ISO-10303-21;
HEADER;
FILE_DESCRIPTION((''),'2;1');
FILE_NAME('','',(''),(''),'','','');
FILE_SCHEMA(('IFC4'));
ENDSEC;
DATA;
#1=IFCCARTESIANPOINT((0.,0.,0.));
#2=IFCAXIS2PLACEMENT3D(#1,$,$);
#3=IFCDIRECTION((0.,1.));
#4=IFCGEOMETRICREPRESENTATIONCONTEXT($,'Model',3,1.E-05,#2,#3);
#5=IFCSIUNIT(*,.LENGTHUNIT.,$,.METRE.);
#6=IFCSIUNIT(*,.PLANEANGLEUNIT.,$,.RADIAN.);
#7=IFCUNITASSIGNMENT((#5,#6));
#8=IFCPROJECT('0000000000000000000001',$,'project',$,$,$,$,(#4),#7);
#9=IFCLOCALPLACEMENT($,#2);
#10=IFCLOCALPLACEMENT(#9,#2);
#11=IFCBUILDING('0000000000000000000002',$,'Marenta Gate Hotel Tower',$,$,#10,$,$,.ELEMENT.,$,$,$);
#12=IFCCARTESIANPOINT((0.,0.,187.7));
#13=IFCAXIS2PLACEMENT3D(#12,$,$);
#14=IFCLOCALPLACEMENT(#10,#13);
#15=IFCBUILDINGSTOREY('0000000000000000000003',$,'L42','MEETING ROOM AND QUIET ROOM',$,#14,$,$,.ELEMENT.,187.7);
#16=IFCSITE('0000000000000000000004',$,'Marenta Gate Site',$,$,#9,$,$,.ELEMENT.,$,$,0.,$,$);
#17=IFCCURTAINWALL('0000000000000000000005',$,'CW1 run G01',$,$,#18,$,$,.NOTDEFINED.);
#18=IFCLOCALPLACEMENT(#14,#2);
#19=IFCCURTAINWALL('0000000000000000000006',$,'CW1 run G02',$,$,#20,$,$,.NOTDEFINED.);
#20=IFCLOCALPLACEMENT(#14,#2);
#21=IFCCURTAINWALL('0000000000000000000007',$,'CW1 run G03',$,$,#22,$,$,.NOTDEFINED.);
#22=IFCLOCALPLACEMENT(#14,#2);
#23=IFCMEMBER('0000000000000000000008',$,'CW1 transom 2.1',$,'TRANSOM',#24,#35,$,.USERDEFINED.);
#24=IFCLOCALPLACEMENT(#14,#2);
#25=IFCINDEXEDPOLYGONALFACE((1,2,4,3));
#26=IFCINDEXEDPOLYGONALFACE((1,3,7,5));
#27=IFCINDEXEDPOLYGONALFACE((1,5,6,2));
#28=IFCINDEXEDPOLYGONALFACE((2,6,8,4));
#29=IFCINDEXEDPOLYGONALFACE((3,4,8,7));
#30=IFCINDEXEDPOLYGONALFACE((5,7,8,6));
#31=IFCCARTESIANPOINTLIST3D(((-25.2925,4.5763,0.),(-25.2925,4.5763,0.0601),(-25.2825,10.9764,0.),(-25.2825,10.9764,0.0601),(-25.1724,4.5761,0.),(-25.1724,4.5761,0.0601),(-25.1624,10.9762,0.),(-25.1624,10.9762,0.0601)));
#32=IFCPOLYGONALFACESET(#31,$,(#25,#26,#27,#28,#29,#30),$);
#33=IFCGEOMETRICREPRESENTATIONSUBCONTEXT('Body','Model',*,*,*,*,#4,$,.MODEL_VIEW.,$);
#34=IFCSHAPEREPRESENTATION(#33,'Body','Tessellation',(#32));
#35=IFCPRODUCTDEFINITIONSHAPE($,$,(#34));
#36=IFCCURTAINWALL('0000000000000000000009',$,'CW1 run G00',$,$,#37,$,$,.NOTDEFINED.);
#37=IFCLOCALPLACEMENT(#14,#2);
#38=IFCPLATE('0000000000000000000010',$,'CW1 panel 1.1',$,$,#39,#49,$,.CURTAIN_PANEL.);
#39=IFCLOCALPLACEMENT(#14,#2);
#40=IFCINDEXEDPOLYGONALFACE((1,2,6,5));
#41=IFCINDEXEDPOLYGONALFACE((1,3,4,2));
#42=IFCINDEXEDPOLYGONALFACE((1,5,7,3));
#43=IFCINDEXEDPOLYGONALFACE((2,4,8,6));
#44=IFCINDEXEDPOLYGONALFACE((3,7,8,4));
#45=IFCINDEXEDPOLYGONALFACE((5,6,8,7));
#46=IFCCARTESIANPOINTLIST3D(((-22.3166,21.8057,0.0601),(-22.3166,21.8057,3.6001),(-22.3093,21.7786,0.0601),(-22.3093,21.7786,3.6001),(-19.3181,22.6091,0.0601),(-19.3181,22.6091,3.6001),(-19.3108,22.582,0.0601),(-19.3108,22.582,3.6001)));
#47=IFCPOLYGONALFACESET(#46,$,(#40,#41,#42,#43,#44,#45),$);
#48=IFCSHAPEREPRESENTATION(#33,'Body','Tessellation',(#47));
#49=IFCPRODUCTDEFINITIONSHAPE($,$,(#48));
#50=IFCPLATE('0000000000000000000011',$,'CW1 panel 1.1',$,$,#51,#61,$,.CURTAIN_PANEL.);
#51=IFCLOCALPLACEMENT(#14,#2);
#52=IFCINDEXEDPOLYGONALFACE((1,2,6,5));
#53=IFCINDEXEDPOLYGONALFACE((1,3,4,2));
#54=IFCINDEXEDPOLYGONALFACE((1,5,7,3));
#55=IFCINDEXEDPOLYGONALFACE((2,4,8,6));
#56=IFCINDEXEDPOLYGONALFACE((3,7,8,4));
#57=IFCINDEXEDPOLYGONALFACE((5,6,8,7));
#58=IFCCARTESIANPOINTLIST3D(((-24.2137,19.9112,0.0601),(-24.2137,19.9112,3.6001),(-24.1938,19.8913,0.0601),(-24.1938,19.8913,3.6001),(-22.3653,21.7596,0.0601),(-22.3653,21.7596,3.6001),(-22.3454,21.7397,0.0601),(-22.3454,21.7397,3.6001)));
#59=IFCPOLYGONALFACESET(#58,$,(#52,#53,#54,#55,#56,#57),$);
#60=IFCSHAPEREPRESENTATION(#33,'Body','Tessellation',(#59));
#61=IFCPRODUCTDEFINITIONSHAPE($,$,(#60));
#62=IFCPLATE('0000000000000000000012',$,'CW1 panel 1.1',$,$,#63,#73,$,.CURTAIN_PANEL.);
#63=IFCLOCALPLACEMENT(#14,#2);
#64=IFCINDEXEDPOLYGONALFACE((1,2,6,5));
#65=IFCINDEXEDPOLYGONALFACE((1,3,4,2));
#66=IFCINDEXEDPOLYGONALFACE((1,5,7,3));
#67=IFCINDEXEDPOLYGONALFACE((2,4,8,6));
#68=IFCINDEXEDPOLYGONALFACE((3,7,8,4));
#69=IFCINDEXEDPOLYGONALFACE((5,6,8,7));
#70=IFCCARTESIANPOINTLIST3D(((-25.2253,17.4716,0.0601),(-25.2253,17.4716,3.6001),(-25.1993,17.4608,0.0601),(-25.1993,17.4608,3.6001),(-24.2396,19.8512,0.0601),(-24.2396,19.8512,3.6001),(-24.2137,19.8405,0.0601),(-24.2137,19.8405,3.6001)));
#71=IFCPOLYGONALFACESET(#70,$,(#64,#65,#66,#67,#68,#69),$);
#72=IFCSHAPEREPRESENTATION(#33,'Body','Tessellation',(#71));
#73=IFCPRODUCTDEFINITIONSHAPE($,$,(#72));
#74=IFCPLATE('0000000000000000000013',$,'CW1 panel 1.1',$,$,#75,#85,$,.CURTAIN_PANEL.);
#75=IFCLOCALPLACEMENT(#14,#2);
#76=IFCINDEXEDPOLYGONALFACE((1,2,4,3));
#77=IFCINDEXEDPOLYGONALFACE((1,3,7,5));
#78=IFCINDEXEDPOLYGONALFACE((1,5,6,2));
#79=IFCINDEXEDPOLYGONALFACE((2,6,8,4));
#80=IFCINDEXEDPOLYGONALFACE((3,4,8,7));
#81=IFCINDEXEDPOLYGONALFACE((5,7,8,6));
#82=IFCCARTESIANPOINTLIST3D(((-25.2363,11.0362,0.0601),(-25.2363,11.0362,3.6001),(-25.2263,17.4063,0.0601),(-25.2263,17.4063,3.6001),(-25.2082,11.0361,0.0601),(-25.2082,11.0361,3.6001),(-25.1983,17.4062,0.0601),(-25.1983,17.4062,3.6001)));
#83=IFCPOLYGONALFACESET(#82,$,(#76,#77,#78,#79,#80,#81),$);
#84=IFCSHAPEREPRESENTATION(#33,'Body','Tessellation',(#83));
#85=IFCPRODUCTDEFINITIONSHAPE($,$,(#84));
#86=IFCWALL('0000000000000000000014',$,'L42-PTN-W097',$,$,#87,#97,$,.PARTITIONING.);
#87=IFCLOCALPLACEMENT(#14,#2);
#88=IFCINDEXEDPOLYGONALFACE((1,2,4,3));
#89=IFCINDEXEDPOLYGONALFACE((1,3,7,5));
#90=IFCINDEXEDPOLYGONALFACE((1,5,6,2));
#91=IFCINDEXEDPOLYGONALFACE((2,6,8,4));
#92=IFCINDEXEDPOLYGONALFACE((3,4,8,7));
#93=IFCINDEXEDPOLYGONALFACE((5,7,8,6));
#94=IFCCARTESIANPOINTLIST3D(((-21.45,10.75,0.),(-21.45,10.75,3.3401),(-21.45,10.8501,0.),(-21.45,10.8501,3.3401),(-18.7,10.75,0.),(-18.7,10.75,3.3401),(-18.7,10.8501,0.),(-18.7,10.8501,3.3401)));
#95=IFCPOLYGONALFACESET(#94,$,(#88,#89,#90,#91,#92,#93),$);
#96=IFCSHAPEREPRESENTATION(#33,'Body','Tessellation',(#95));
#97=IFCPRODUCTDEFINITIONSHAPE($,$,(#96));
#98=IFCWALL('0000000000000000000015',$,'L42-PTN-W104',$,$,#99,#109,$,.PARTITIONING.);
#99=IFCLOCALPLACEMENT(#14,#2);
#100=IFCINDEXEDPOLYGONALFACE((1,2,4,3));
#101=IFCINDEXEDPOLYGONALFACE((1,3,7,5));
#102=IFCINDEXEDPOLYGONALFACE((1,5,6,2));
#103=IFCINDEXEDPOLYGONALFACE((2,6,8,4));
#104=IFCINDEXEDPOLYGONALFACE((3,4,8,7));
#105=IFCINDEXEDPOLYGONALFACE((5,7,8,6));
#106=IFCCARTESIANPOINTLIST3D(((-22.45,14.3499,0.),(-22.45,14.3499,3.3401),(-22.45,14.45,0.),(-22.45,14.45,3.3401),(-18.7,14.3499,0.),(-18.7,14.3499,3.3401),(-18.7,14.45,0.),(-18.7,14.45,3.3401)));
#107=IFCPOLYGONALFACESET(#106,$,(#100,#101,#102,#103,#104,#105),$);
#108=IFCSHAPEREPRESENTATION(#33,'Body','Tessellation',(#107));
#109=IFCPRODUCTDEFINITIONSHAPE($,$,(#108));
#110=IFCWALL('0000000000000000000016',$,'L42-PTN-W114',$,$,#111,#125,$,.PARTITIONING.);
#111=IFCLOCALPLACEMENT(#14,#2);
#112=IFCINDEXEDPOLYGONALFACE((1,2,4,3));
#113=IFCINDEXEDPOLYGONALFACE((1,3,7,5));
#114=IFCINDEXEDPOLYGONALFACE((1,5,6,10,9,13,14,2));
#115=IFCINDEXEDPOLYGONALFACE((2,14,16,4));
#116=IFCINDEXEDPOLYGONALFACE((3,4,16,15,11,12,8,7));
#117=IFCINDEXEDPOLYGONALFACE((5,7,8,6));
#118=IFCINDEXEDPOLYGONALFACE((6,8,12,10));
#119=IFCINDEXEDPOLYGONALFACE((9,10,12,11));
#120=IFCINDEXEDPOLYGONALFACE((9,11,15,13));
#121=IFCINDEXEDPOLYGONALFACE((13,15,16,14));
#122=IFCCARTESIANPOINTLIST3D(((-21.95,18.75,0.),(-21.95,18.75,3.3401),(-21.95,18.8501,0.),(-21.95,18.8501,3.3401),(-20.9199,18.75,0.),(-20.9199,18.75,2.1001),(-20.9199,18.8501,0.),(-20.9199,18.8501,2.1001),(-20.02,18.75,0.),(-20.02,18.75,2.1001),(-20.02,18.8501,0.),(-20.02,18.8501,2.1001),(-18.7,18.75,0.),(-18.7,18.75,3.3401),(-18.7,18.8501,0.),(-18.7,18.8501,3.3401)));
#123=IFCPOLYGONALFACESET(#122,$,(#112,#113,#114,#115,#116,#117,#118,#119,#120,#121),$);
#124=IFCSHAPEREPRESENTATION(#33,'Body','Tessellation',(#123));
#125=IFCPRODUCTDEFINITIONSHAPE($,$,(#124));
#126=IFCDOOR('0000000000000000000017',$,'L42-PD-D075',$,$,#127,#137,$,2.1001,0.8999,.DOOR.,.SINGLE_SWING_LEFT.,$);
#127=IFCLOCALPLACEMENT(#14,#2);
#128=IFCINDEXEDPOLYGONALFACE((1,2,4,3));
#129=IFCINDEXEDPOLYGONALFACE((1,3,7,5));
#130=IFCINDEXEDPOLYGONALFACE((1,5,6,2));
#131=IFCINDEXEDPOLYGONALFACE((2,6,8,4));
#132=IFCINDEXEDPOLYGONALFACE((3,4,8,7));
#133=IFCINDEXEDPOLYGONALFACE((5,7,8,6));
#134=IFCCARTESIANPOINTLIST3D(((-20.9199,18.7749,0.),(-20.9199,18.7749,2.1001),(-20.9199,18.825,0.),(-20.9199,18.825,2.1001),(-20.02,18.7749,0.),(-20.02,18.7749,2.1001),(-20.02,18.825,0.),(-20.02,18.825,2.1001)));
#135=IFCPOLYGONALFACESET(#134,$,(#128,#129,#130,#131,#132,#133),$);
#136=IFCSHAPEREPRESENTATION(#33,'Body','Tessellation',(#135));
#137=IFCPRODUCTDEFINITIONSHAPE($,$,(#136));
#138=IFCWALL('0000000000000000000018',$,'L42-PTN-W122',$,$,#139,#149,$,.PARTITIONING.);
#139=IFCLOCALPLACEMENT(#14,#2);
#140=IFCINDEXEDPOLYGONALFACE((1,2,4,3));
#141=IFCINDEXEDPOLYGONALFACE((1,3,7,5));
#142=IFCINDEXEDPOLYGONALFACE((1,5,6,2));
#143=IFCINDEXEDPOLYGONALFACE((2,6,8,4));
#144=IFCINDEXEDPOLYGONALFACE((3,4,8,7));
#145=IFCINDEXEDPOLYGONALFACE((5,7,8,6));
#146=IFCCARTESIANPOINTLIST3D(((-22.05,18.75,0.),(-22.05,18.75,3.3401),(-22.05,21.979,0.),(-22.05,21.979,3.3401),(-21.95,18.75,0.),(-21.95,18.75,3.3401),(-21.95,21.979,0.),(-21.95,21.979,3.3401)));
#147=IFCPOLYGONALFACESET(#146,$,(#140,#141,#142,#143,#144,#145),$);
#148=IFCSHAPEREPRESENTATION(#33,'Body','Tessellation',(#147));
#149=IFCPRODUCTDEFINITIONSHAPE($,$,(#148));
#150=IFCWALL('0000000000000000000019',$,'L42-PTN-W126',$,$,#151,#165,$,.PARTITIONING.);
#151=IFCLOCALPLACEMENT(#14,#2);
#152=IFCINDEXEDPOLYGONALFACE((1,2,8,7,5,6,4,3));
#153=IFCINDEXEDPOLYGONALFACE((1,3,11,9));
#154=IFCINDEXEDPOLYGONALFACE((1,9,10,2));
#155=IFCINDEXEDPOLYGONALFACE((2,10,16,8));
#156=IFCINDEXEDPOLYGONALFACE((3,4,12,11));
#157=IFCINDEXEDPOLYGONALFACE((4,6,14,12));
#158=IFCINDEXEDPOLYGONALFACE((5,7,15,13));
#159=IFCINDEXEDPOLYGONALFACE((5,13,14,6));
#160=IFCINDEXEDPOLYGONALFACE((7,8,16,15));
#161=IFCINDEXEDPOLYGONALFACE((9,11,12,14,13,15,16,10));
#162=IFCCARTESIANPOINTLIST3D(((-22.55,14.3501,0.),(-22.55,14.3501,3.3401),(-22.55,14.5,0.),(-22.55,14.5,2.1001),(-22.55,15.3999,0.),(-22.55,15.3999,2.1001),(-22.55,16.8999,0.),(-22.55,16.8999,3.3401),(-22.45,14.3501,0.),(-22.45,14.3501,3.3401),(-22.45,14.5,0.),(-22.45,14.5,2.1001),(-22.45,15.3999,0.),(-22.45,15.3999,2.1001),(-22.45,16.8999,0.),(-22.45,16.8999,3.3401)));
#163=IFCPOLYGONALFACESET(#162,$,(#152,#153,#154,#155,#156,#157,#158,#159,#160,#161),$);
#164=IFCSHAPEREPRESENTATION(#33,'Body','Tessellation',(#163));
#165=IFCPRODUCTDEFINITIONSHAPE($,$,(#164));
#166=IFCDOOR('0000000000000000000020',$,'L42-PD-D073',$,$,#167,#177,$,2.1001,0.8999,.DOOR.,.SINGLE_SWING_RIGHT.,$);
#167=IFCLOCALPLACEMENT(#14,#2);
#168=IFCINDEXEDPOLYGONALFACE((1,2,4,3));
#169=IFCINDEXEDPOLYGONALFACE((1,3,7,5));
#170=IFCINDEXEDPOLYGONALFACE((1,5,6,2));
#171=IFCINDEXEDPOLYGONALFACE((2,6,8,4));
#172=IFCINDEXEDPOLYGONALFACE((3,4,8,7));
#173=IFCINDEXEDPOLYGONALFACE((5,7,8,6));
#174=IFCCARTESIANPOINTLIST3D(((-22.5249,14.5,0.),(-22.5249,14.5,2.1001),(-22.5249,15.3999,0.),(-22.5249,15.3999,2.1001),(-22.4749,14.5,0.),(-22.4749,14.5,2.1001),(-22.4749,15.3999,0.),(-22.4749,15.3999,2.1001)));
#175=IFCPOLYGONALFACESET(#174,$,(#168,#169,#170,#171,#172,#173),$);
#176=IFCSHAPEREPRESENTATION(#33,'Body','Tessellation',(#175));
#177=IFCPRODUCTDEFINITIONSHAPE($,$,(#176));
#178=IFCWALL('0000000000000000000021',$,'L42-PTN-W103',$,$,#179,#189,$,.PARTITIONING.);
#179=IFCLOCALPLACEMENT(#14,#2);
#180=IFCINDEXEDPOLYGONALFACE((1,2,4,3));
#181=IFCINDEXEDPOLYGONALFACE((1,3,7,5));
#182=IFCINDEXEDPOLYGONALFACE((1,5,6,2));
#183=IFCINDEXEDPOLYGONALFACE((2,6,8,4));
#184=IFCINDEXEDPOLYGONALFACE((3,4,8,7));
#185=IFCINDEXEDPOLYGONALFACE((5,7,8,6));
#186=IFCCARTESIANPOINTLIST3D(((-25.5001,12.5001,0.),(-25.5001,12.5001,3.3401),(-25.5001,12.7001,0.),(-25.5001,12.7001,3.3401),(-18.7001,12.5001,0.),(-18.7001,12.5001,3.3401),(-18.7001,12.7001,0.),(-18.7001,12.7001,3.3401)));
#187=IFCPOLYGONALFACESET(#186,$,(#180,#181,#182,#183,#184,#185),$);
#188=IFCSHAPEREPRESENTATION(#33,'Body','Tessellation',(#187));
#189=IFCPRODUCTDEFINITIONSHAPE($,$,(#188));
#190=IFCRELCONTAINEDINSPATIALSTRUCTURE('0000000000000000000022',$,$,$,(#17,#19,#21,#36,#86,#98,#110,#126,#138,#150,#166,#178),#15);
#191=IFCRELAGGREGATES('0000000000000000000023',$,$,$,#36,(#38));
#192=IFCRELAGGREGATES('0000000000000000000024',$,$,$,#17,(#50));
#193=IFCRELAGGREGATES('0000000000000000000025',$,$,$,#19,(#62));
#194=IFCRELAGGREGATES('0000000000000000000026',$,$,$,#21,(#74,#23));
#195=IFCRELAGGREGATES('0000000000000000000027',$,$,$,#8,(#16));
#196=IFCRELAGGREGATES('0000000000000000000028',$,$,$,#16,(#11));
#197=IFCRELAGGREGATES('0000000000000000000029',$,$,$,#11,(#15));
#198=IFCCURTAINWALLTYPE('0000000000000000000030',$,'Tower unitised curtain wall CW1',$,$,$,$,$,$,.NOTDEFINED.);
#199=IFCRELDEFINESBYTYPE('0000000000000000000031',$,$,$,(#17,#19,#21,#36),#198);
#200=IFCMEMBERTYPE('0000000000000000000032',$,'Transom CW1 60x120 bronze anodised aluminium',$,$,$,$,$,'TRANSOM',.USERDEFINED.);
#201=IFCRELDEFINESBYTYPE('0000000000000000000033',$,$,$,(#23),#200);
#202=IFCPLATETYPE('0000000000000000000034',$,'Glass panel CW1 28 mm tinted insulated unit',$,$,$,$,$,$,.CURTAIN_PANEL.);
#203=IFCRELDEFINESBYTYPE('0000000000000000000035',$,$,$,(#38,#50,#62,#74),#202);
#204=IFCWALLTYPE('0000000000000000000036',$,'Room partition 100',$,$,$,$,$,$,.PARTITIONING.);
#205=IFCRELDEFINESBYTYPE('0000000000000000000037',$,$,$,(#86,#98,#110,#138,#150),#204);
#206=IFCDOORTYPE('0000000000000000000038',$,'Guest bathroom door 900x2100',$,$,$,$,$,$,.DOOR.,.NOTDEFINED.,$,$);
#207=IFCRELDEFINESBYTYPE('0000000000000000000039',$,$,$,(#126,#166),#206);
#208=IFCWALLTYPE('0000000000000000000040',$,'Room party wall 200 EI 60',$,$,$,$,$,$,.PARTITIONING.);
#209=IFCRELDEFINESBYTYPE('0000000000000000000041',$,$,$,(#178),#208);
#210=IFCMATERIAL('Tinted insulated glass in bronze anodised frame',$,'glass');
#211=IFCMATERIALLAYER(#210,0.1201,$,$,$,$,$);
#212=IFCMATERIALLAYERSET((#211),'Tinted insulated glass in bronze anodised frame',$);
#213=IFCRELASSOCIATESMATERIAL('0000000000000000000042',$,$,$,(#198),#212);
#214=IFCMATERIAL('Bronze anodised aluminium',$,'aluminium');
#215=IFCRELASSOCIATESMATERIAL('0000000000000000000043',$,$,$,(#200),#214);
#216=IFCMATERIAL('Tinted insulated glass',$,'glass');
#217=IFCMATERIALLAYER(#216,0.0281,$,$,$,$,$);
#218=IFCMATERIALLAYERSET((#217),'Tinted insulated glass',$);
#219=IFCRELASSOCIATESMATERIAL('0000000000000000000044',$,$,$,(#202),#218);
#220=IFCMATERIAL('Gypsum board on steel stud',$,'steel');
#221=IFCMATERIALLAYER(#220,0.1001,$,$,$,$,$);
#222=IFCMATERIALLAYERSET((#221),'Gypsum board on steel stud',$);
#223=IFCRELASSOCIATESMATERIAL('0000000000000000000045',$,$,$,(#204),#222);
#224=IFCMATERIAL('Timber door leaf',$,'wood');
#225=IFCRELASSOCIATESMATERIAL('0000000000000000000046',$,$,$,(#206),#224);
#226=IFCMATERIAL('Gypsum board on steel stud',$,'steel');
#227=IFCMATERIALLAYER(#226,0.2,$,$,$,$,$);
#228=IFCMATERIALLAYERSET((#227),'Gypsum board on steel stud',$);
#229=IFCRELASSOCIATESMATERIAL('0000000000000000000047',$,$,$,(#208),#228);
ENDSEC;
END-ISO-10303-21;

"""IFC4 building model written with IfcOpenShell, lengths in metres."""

from ifc_helpers import new_model, si_unit, direction, frame, frame_2d, origin, origin_2d, place, context, subcontext, project, spatial, rectangle, extrude, material, layer, layer_set, material_profile, profile_set, type_object, element, fill, aggregate, save


model = new_model("IFC4")

# Units and contexts
model_context = context("Model", 3, precision=1e-05, world=origin(), true_north=direction((0.0, 1.0)))
body_context = subcontext(model_context, "Body", "Model", "MODEL_VIEW")
ifc_project = project(units=[si_unit("LENGTHUNIT", "METRE"), si_unit("PLANEANGLEUNIT", "RADIAN")], contexts=[model_context])

# Site, building, storey
site_placement = place(None, origin())
site = spatial("IfcSite", under=ifc_project, at=site_placement, Name="Marenta Gate Site", CompositionType="ELEMENT", RefElevation=0.0)
building_placement = place(site_placement, origin())
building = spatial("IfcBuilding", under=site, at=building_placement, Name="Marenta Gate Hotel Tower", CompositionType="ELEMENT")
storey_placement = place(building_placement, frame((0.0, 0.0, 187.7)))
storey = spatial("IfcBuildingStorey", under=building, at=storey_placement, Name="L42", Description="MEETING ROOM AND QUIET ROOM", CompositionType="ELEMENT", Elevation=187.7)

# Curtain walls
ifc_material_1 = material(Name="Tinted insulated glass in bronze anodised frame", Category="glass")
ifc_layer_1 = layer(ifc_material_1, 0.1201)
ifc_layer_set_1 = layer_set([ifc_layer_1], Name="Tinted insulated glass in bronze anodised frame")
curtain_wall_type = type_object("IfcCurtainWallType", Name="Tower unitised curtain wall CW1", PredefinedType="NOTDEFINED", material=ifc_layer_set_1)
curtain_wall_1_placement = place(storey_placement, origin())
curtain_wall_1 = element("IfcCurtainWall", 1, at=curtain_wall_1_placement, inside=storey, type_object=curtain_wall_type, Name="CW1 run G01", PredefinedType="NOTDEFINED")
curtain_wall_2_placement = place(storey_placement, origin())
curtain_wall_2 = element("IfcCurtainWall", 2, at=curtain_wall_2_placement, inside=storey, type_object=curtain_wall_type, Name="CW1 run G02", PredefinedType="NOTDEFINED")

# Curtain wall
curtain_wall_3_placement = place(storey_placement, origin())
curtain_wall_3 = element("IfcCurtainWall", 3, at=curtain_wall_3_placement, inside=storey, type_object=curtain_wall_type, Name="CW1 run G03", PredefinedType="NOTDEFINED")

# Member
ifc_material_2 = material(Name="Bronze anodised aluminium", Category="aluminium")
ifc_material_profile_1 = material_profile(ifc_material_2, rectangle(XDim=0.1201, YDim=0.0601, at=origin_2d()), Name="Transom CW1 60x120 bronze anodised aluminium")
ifc_profile_set_1 = profile_set([ifc_material_profile_1], Name="Bronze anodised aluminium")
member_type_1 = type_object("IfcMemberType", Name="Transom CW1 60x120 bronze anodised aluminium", ElementType="TRANSOM", PredefinedType="USERDEFINED", material=ifc_profile_set_1)
member_1_placement = place(storey_placement, frame((-25.2224, 10.9763, 0.03), z_axis=(-0.001564, -0.999999, 0.0), x_axis=(0.999999, -0.001564, 0.0)))
member_1 = element("IfcMember", 4, at=member_1_placement, type_object=member_type_1, Name="CW1 transom 2.1", ObjectType="TRANSOM", PredefinedType="USERDEFINED", context=body_context, shape_type="SweptSolid", body=[
    extrude(rectangle(XDim=0.1201, YDim=0.0601, at=origin_2d()), origin(), (0.0, 0.0, 1.0), 6.4001),
])

# Curtain wall, plate
curtain_wall_4_placement = place(storey_placement, origin())
curtain_wall_4 = element("IfcCurtainWall", 5, at=curtain_wall_4_placement, inside=storey, type_object=curtain_wall_type, Name="CW1 run G00", PredefinedType="NOTDEFINED")
ifc_material_3 = material(Name="Tinted insulated glass", Category="glass")
ifc_layer_2 = layer(ifc_material_3, 0.0281)
ifc_layer_set_2 = layer_set([ifc_layer_2], Name="Tinted insulated glass")
plate_type = type_object("IfcPlateType", Name="Glass panel CW1 28 mm tinted insulated unit", PredefinedType="CURTAIN_PANEL", material=ifc_layer_set_2)
plate_1_placement = place(storey_placement, frame((-20.8137, 22.1938, 0.0601), z_axis=(0.0, 0.0, 1.0), x_axis=(-0.965931, -0.258801, 0.0)))
plate_1 = element("IfcPlate", 6, at=plate_1_placement, type_object=plate_type, Name="CW1 panel 1.1", PredefinedType="CURTAIN_PANEL", context=body_context, shape_type="SweptSolid", body=[
    extrude(rectangle(XDim=3.1042, YDim=0.0281, at=origin_2d()), origin(), (0.0, 0.0, 1.0), 3.54),
])
aggregate(curtain_wall_4, [plate_1])

# Plates
plate_2_placement = place(storey_placement, frame((-23.2795, 20.8254, 0.0601), z_axis=(0.0, 0.0, 1.0), x_axis=(-0.707107, -0.707107, 0.0)))
plate_2 = element("IfcPlate", 7, at=plate_2_placement, type_object=plate_type, Name="CW1 panel 1.1", PredefinedType="CURTAIN_PANEL", context=body_context, shape_type="SweptSolid", body=[
    extrude(rectangle(XDim=2.614, YDim=0.0281, at=origin_2d()), origin(), (0.0, 0.0, 1.0), 3.54),
])
aggregate(curtain_wall_1, [plate_2])
plate_3_placement = place(storey_placement, frame((-24.7195, 18.656, 0.0601), z_axis=(0.0, 0.0, 1.0), x_axis=(-0.382667, -0.923886, 0.0)))
plate_3 = element("IfcPlate", 8, at=plate_3_placement, type_object=plate_type, Name="CW1 panel 1.1", PredefinedType="CURTAIN_PANEL", context=body_context, shape_type="SweptSolid", body=[
    extrude(rectangle(XDim=2.5757, YDim=0.0281, at=origin_2d()), origin(), (0.0, 0.0, 1.0), 3.54),
])
aggregate(curtain_wall_2, [plate_3])
plate_4_placement = place(storey_placement, frame((-25.2173, 14.2212, 0.0601), z_axis=(0.0, 0.0, 1.0), x_axis=(-0.001566, -0.999999, 0.0)))
plate_4 = element("IfcPlate", 9, at=plate_4_placement, type_object=plate_type, Name="CW1 panel 1.1", PredefinedType="CURTAIN_PANEL", context=body_context, shape_type="SweptSolid", body=[
    extrude(rectangle(XDim=6.3701, YDim=0.0281, at=origin_2d()), origin(), (0.0, 0.0, 1.0), 3.54),
])
aggregate(curtain_wall_3, [plate_4, member_1])

# Walls
ifc_material_4 = material(Name="Gypsum board on steel stud", Category="steel")
ifc_layer_3 = layer(ifc_material_4, 0.1001)
ifc_layer_set_3 = layer_set([ifc_layer_3], Name="Gypsum board on steel stud")
wall_type_1 = type_object("IfcWallType", Name="Room partition 100", PredefinedType="PARTITIONING", material=ifc_layer_set_3)
wall_1_placement = place(storey_placement, frame((-21.45, 10.8, 0.0), z_axis=(0.0, 0.0, 1.0), x_axis=(1.0, 0.0, 0.0)))
element("IfcWall", 10, at=wall_1_placement, inside=storey, type_object=wall_type_1, Name="L42-PTN-W097", PredefinedType="PARTITIONING", context=body_context, shape_type="SweptSolid", body=[
    extrude(rectangle(XDim=2.75, YDim=0.1001, at=frame_2d((1.375, 0.0))), origin(), (0.0, 0.0, 1.0), 3.3401),
])
wall_2_placement = place(storey_placement, frame((-22.45, 14.3999, 0.0), z_axis=(0.0, 0.0, 1.0), x_axis=(1.0, 0.0, 0.0)))
element("IfcWall", 11, at=wall_2_placement, inside=storey, type_object=wall_type_1, Name="L42-PTN-W104", PredefinedType="PARTITIONING", context=body_context, shape_type="SweptSolid", body=[
    extrude(rectangle(XDim=3.75, YDim=0.1001, at=frame_2d((1.875, 0.0))), origin(), (0.0, 0.0, 1.0), 3.3401),
])

# Wall, opening, door
wall_3_placement = place(storey_placement, frame((-21.95, 18.8, 0.0), z_axis=(0.0, 0.0, 1.0), x_axis=(1.0, 0.0, 0.0)))
wall_3 = element("IfcWall", 12, at=wall_3_placement, inside=storey, type_object=wall_type_1, Name="L42-PTN-W114", PredefinedType="PARTITIONING", context=body_context, shape_type="SweptSolid", body=[
    extrude(rectangle(XDim=3.25, YDim=0.1001, at=frame_2d((1.625, 0.0))), origin(), (0.0, 0.0, 1.0), 3.3401),
])
opening_1_placement = place(wall_3_placement, frame((1.03, 0.0, 0.0)))
opening_1 = element("IfcOpeningElement", 13, at=opening_1_placement, cuts=wall_3, PredefinedType="OPENING", context=body_context, shape_type="SweptSolid", body=[
    extrude(rectangle(XDim=0.8999, YDim=2.1001, at=frame_2d((0.45, 1.05))), frame((0.0, 0.05, 0.0), z_axis=(0.0, -1.0, 0.0), x_axis=(1.0, 0.0, 0.0)), (0.0, 0.0, 1.0), 0.1001),
])
ifc_material_5 = material(Name="Timber door leaf", Category="wood")
door_type = type_object("IfcDoorType", Name="Guest bathroom door 900x2100", OperationType="NOTDEFINED", PredefinedType="DOOR", material=ifc_material_5)
door_1_placement = place(opening_1_placement, origin())
door_1 = element("IfcDoor", 14, at=door_1_placement, inside=storey, type_object=door_type, Name="L42-PD-D075", OperationType="SINGLE_SWING_LEFT", OverallHeight=2.1001, OverallWidth=0.8999, PredefinedType="DOOR", context=body_context, shape_type="SweptSolid", body=[
    extrude(rectangle(XDim=0.8999, YDim=2.1001, at=frame_2d((0.45, 1.05))), frame((0.0, 0.0249, 0.0), z_axis=(0.0, -1.0, 0.0), x_axis=(1.0, 0.0, 0.0)), (0.0, 0.0, 1.0), 0.05),
])
fill(opening_1, door_1)

# Wall
wall_4_placement = place(storey_placement, frame((-22.0, 18.75, 0.0), z_axis=(0.0, 0.0, 1.0), x_axis=(0.0, 1.0, 0.0)))
element("IfcWall", 15, at=wall_4_placement, inside=storey, type_object=wall_type_1, Name="L42-PTN-W122", PredefinedType="PARTITIONING", context=body_context, shape_type="SweptSolid", body=[
    extrude(rectangle(XDim=3.229, YDim=0.1001, at=frame_2d((1.6145, 0.0))), origin(), (0.0, 0.0, 1.0), 3.3401),
])

# Wall, opening, door
wall_5_placement = place(storey_placement, frame((-22.5, 14.3501, 0.0), z_axis=(0.0, 0.0, 1.0), x_axis=(0.0, 1.0, 0.0)))
wall_5 = element("IfcWall", 16, at=wall_5_placement, inside=storey, type_object=wall_type_1, Name="L42-PTN-W126", PredefinedType="PARTITIONING", context=body_context, shape_type="SweptSolid", body=[
    extrude(rectangle(XDim=2.5498, YDim=0.1001, at=frame_2d((1.2749, 0.0))), origin(), (0.0, 0.0, 1.0), 3.3401),
])
opening_2_placement = place(wall_5_placement, frame((0.1499, 0.0, 0.0)))
opening_2 = element("IfcOpeningElement", 17, at=opening_2_placement, cuts=wall_5, PredefinedType="OPENING", context=body_context, shape_type="SweptSolid", body=[
    extrude(rectangle(XDim=0.8999, YDim=2.1001, at=frame_2d((0.45, 1.05))), frame((0.0, 0.05, 0.0), z_axis=(0.0, -1.0, 0.0), x_axis=(1.0, 0.0, 0.0)), (0.0, 0.0, 1.0), 0.1001),
])
door_2_placement = place(opening_2_placement, origin())
door_2 = element("IfcDoor", 18, at=door_2_placement, inside=storey, type_object=door_type, Name="L42-PD-D073", OperationType="SINGLE_SWING_RIGHT", OverallHeight=2.1001, OverallWidth=0.8999, PredefinedType="DOOR", context=body_context, shape_type="SweptSolid", body=[
    extrude(rectangle(XDim=0.8999, YDim=2.1001, at=frame_2d((0.45, 1.05))), frame((0.0, 0.0249, 0.0), z_axis=(0.0, -1.0, 0.0), x_axis=(1.0, 0.0, 0.0)), (0.0, 0.0, 1.0), 0.05),
])
fill(opening_2, door_2)

# Wall
ifc_material_6 = material(Name="Gypsum board on steel stud", Category="steel")
ifc_layer_4 = layer(ifc_material_6, 0.2)
ifc_layer_set_4 = layer_set([ifc_layer_4], Name="Gypsum board on steel stud")
wall_type_2 = type_object("IfcWallType", Name="Room party wall 200 EI 60", PredefinedType="PARTITIONING", material=ifc_layer_set_4)
wall_6_placement = place(storey_placement, frame((-25.5, 12.6001, 0.0), z_axis=(0.0, 0.0, 1.0), x_axis=(1.0, 0.0, 0.0)))
element("IfcWall", 19, at=wall_6_placement, inside=storey, type_object=wall_type_2, Name="L42-PTN-W103", PredefinedType="PARTITIONING", context=body_context, shape_type="SweptSolid", body=[
    extrude(rectangle(XDim=6.8, YDim=0.2, at=frame_2d((3.3999, 0.0))), origin(), (0.0, 0.0, 1.0), 3.3401),
])

save(model, "model.ifc")
